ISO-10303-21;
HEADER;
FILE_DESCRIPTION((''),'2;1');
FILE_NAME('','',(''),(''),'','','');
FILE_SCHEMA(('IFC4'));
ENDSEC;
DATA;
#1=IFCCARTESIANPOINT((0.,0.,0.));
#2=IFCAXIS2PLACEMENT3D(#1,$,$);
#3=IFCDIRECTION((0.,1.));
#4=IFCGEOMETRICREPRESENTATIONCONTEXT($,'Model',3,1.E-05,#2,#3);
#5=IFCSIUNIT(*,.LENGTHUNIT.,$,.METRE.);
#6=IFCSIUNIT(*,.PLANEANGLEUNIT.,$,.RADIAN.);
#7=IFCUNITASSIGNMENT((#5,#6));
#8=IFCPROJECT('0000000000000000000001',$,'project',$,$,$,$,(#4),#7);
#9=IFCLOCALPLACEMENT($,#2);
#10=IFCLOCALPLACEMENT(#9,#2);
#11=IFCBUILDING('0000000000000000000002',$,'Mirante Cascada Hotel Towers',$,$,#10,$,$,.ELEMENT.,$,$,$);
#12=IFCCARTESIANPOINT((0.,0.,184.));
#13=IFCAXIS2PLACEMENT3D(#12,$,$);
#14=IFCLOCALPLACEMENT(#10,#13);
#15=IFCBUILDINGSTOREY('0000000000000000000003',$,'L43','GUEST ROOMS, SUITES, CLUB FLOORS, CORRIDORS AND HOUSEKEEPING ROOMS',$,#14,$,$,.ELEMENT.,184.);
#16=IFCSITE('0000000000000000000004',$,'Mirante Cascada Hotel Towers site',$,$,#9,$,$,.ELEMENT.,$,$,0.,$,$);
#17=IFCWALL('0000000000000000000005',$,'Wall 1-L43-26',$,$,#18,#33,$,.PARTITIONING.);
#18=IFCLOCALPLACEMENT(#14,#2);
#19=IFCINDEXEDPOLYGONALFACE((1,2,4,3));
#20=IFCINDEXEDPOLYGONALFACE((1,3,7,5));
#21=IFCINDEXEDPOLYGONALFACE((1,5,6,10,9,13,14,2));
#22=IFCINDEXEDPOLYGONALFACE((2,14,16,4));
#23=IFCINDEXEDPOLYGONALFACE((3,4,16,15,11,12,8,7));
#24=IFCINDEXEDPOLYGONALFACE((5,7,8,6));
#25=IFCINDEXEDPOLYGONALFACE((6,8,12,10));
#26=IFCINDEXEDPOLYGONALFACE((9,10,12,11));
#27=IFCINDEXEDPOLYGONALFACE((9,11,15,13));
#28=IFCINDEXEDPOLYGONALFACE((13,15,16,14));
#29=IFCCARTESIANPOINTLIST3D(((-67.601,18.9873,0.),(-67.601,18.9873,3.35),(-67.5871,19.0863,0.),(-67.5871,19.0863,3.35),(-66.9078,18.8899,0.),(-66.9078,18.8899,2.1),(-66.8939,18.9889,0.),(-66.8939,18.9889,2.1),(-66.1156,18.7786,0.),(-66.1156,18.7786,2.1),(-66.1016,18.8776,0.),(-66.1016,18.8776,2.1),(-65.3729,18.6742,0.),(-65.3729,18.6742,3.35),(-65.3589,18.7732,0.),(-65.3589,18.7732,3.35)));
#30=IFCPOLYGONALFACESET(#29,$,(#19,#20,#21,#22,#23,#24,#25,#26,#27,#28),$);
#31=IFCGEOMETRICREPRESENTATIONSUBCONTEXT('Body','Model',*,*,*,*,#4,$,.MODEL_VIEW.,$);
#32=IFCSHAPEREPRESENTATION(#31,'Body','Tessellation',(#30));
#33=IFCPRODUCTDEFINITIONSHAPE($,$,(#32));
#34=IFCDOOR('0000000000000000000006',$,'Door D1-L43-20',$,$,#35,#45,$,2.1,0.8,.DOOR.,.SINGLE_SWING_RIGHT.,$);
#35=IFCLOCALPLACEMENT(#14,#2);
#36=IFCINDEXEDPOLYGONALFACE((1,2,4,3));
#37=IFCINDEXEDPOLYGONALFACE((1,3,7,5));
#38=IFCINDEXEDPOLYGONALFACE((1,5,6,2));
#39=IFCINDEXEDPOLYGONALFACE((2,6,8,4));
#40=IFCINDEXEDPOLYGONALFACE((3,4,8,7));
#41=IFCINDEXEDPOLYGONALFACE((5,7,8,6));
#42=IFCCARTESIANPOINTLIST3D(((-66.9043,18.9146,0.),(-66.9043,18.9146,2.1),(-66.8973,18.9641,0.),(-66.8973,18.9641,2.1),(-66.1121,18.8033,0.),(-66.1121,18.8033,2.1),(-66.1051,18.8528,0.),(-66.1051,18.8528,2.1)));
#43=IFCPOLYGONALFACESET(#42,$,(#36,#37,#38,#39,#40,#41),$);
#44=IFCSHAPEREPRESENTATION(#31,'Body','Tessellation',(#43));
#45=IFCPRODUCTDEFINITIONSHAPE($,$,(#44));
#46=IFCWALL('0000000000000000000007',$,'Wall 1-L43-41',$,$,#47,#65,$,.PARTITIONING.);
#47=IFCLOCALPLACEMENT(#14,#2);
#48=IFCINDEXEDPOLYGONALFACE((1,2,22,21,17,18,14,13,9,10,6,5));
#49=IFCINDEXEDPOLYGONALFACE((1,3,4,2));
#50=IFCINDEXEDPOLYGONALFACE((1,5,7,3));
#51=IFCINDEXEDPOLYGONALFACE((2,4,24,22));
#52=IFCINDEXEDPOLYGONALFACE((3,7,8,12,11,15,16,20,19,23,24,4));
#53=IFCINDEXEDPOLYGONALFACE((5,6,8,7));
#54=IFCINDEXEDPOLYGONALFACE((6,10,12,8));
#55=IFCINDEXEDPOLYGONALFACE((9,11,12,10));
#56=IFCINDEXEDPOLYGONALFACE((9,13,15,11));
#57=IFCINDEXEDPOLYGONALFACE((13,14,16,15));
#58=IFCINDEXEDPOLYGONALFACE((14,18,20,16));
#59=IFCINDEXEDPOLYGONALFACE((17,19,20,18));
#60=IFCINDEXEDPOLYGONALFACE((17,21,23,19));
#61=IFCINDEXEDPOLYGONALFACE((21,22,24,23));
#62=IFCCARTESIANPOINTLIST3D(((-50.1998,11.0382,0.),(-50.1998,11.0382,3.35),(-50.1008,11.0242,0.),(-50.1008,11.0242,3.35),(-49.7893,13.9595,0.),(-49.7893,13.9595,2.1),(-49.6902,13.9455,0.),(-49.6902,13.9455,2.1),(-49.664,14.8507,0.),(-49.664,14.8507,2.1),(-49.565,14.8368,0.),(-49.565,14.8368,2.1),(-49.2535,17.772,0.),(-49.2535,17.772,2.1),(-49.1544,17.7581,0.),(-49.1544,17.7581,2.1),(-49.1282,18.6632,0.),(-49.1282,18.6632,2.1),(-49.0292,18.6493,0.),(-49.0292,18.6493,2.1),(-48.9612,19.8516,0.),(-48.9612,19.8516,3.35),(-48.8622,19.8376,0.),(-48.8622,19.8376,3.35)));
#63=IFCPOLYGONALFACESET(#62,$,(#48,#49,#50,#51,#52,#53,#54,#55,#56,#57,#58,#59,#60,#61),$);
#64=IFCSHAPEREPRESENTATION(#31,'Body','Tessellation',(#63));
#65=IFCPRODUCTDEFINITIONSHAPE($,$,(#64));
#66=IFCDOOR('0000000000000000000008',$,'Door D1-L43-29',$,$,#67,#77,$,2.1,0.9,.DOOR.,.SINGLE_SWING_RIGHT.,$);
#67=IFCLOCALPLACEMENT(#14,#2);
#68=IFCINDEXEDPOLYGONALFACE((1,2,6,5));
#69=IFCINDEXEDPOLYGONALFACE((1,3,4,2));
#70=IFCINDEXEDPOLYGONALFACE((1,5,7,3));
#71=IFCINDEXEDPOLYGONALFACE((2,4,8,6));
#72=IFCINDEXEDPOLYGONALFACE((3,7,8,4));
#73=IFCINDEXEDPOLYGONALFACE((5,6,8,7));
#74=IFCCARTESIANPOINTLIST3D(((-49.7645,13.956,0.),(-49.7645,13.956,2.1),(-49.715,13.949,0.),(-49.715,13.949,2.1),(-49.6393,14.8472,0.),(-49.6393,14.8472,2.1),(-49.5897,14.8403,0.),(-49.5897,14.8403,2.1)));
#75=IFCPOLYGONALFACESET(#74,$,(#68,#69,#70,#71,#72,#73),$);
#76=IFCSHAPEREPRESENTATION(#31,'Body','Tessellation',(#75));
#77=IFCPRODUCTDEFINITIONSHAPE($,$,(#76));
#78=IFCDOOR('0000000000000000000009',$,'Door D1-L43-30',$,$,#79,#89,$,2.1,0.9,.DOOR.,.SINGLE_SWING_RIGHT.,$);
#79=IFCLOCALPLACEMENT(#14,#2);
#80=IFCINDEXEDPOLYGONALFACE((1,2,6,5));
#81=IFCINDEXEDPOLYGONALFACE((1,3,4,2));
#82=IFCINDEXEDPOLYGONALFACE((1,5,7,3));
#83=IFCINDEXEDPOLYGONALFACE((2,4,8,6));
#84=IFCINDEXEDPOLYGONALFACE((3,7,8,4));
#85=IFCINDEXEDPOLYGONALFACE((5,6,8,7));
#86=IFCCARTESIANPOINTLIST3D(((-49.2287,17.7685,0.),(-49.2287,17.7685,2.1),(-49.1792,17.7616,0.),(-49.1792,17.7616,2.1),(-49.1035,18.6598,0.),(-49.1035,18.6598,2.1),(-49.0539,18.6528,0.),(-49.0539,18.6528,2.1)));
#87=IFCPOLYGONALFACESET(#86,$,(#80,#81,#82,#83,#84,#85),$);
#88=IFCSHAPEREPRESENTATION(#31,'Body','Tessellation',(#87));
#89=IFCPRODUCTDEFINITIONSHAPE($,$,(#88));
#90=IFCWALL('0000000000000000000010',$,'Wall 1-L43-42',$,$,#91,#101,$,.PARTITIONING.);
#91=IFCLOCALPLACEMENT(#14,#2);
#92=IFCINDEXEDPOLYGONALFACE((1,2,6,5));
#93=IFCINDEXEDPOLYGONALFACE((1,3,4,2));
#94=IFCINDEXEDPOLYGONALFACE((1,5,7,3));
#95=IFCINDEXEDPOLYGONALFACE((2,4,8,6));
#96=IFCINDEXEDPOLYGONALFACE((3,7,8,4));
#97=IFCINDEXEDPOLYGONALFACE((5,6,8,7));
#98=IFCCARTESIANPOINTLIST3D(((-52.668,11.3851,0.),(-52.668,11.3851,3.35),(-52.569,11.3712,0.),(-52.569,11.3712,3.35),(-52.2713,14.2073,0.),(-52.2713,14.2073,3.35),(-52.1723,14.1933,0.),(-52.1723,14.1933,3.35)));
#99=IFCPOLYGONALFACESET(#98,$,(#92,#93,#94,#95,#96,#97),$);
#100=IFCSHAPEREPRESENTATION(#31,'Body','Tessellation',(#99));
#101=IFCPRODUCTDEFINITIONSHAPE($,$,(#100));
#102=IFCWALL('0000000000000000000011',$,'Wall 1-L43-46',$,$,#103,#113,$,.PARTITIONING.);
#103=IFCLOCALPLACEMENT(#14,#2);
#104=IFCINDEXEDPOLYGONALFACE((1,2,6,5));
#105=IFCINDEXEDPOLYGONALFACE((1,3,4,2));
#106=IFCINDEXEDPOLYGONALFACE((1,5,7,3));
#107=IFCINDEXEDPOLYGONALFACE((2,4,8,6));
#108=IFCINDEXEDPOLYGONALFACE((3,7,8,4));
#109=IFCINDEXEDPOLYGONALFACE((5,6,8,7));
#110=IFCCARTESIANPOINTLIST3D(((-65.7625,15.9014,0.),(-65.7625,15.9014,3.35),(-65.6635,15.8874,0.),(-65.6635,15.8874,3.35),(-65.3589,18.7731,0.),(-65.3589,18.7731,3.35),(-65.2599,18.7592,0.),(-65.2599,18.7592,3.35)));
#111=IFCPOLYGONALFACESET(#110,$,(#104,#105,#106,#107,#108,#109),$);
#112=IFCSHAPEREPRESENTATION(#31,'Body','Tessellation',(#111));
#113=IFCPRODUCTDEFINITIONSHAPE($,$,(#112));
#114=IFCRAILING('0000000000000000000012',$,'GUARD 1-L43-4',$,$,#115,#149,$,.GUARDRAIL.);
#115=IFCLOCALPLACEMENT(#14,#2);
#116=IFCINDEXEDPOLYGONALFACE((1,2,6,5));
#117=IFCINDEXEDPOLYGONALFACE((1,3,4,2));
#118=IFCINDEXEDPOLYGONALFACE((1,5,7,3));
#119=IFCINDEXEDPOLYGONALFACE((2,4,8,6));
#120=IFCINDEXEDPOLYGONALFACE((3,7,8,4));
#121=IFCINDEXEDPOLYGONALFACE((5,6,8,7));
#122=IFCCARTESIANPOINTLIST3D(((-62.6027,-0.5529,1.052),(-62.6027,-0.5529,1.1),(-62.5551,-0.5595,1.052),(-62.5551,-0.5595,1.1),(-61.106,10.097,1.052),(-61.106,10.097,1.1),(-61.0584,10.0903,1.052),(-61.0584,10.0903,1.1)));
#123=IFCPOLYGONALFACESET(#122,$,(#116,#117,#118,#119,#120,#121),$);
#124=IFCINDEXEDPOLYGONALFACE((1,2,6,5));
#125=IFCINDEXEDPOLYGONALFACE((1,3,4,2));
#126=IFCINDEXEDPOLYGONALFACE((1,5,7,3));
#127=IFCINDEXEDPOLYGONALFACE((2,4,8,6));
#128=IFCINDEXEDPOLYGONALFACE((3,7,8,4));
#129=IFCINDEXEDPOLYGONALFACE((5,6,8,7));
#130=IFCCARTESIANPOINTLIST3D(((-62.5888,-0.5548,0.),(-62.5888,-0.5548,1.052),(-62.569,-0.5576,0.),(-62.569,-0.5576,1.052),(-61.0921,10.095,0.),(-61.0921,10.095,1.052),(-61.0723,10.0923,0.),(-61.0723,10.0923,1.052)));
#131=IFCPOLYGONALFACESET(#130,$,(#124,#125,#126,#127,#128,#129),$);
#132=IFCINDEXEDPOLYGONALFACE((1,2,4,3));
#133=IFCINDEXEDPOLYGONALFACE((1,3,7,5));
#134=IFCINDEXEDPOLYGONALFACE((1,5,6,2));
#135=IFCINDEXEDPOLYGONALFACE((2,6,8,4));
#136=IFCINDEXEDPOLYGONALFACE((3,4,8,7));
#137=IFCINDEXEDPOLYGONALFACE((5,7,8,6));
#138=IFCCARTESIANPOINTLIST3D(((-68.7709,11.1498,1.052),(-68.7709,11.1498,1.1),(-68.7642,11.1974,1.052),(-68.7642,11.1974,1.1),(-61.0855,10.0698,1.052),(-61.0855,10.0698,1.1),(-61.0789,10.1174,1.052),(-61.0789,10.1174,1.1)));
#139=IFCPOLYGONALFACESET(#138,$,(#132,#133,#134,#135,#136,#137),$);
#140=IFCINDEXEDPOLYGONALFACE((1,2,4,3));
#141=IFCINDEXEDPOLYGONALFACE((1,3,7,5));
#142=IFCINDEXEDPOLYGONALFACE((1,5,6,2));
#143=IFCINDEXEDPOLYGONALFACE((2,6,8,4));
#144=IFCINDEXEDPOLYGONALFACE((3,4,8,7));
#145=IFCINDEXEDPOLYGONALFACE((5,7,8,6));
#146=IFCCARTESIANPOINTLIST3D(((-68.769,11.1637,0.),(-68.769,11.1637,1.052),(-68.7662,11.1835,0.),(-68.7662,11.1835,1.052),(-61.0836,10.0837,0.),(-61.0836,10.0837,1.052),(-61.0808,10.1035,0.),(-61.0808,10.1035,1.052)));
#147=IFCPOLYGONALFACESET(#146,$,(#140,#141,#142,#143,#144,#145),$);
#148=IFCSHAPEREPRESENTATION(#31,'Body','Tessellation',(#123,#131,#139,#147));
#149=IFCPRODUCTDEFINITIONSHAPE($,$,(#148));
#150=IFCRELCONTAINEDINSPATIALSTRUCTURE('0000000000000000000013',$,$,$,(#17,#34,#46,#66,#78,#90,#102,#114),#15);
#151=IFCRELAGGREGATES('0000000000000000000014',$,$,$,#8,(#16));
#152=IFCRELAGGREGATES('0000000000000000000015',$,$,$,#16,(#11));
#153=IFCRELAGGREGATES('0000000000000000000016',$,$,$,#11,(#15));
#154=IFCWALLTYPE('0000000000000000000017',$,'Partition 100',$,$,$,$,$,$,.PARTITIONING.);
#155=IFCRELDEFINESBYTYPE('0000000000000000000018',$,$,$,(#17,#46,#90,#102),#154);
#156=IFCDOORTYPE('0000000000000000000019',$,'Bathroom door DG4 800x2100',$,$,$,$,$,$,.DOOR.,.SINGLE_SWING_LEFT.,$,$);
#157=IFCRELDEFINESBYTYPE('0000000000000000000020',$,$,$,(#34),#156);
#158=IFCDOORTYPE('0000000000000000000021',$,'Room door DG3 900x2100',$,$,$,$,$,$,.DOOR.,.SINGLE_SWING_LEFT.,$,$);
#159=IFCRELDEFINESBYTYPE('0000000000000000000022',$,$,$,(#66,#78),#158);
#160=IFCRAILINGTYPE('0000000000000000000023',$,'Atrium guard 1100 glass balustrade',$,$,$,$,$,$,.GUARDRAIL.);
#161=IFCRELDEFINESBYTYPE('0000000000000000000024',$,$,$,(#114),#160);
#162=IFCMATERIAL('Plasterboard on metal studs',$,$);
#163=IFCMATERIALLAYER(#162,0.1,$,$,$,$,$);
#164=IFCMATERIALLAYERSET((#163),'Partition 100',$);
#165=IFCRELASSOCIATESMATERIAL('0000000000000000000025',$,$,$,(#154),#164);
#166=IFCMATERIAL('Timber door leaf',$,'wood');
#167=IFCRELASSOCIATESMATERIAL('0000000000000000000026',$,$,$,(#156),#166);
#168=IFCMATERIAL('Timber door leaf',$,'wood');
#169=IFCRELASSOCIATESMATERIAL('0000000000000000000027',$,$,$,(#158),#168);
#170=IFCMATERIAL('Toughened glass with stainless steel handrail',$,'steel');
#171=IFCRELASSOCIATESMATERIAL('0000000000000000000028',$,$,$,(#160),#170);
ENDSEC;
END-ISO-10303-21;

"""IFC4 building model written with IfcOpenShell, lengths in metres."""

from ifc_helpers import new_model, si_unit, direction, frame, frame_2d, origin, origin_2d, place, context, subcontext, project, spatial, rectangle, extrude, material, layer, layer_set, type_object, element, fill, save


model = new_model("IFC4")

# Units and contexts
model_context = context("Model", 3, precision=1e-05, world=origin(), true_north=direction((0.0, 1.0)))
body_context = subcontext(model_context, "Body", "Model", "MODEL_VIEW")
ifc_project = project(units=[si_unit("LENGTHUNIT", "METRE"), si_unit("PLANEANGLEUNIT", "RADIAN")], contexts=[model_context])

# Site, building, storey
site_placement = place(None, origin())
site = spatial("IfcSite", under=ifc_project, at=site_placement, Name="Mirante Cascada Hotel Towers site", CompositionType="ELEMENT", RefElevation=0.0)
building_placement = place(site_placement, origin())
building = spatial("IfcBuilding", under=site, at=building_placement, Name="Mirante Cascada Hotel Towers", CompositionType="ELEMENT")
storey_placement = place(building_placement, frame((0.0, 0.0, 184.0)))
storey = spatial("IfcBuildingStorey", under=building, at=storey_placement, Name="L43", Description="GUEST ROOMS, SUITES, CLUB FLOORS, CORRIDORS AND HOUSEKEEPING ROOMS", CompositionType="ELEMENT", Elevation=184.0)

# Shared definitions
ifc_material_1 = material(Name="Plasterboard on metal studs")
ifc_layer_1 = layer(ifc_material_1, 0.1)
ifc_layer_set_1 = layer_set([ifc_layer_1], Name="Partition 100")
wall_type_1 = type_object("IfcWallType", Name="Partition 100", PredefinedType="PARTITIONING", material=ifc_layer_set_1)

# Shared definitions
ifc_material_2 = material(Name="Timber door leaf", Category="wood")
door_type_1 = type_object("IfcDoorType", Name="Bathroom door DG4 800x2100", OperationType="SINGLE_SWING_LEFT", PredefinedType="DOOR", material=ifc_material_2)

# Shared definitions
ifc_material_3 = material(Name="Timber door leaf", Category="wood")
door_type_2 = type_object("IfcDoorType", Name="Room door DG3 900x2100", OperationType="SINGLE_SWING_LEFT", PredefinedType="DOOR", material=ifc_material_3)

# Wall, opening, door
wall_1_placement = place(storey_placement, frame((-65.3659, 18.7237, 0.0), z_axis=(0.0, 0.0, 1.0), x_axis=(-0.990271, 0.139156, 0.0)))
wall_1 = element("IfcWall", 1, at=wall_1_placement, inside=storey, type_object=wall_type_1, Name="Wall 1-L43-26", PredefinedType="PARTITIONING", context=body_context, shape_type="SweptSolid", body=[
    extrude(rectangle(XDim=2.25, YDim=0.1, at=frame_2d((1.125, 0.0))), origin(), (0.0, 0.0, 1.0), 3.35),
])
opening_1_placement = place(wall_1_placement, frame((0.75, 0.0, 0.0)))
opening_1 = element("IfcOpeningElement", 2, at=opening_1_placement, cuts=wall_1, PredefinedType="OPENING", context=body_context, shape_type="SweptSolid", body=[
    extrude(rectangle(XDim=0.8, YDim=2.1, at=frame_2d((0.4, 1.05))), frame((0.0, 0.05, 0.0), z_axis=(0.0, -1.0, 0.0), x_axis=(1.0, 0.0, 0.0)), (0.0, 0.0, 1.0), 0.1),
])
door_1_placement = place(opening_1_placement, frame((0.8, 0.0, 0.0), z_axis=(0.0, 0.0, 1.0), x_axis=(-1.0, 0.0, 0.0)))
door_1 = element("IfcDoor", 3, at=door_1_placement, inside=storey, type_object=door_type_1, Name="Door D1-L43-20", OperationType="SINGLE_SWING_RIGHT", OverallHeight=2.1, OverallWidth=0.8, PredefinedType="DOOR", context=body_context, shape_type="SweptSolid", body=[
    extrude(rectangle(XDim=0.8, YDim=2.1, at=frame_2d((0.4, 1.05))), frame((0.0, 0.025, 0.0), z_axis=(0.0, -1.0, 0.0), x_axis=(1.0, 0.0, 0.0)), (0.0, 0.0, 1.0), 0.05),
])
fill(opening_1, door_1)

# Wall, openings, doors
wall_2_placement = place(storey_placement, frame((-48.9117, 19.8446, 0.0), z_axis=(0.0, 0.0, 1.0), x_axis=(-0.139168, -0.990269, 0.0)))
wall_2 = element("IfcWall", 4, at=wall_2_placement, inside=storey, type_object=wall_type_1, Name="Wall 1-L43-41", PredefinedType="PARTITIONING", context=body_context, shape_type="SweptSolid", body=[
    extrude(rectangle(XDim=8.9, YDim=0.1, at=frame_2d((4.45, 0.0))), origin(), (0.0, 0.0, 1.0), 3.35),
])
opening_2_placement = place(wall_2_placement, frame((5.05, 0.0, 0.0)))
opening_2 = element("IfcOpeningElement", 5, at=opening_2_placement, cuts=wall_2, PredefinedType="OPENING", context=body_context, shape_type="SweptSolid", body=[
    extrude(rectangle(XDim=0.9, YDim=2.1, at=frame_2d((0.45, 1.05))), frame((0.0, 0.05, 0.0), z_axis=(0.0, -1.0, 0.0), x_axis=(1.0, 0.0, 0.0)), (0.0, 0.0, 1.0), 0.1),
])
opening_3_placement = place(wall_2_placement, frame((1.2, 0.0, 0.0)))
opening_3 = element("IfcOpeningElement", 6, at=opening_3_placement, cuts=wall_2, PredefinedType="OPENING", context=body_context, shape_type="SweptSolid", body=[
    extrude(rectangle(XDim=0.9, YDim=2.1, at=frame_2d((0.45, 1.05))), frame((0.0, 0.05, 0.0), z_axis=(0.0, -1.0, 0.0), x_axis=(1.0, 0.0, 0.0)), (0.0, 0.0, 1.0), 0.1),
])
door_2_placement = place(opening_2_placement, frame((0.9, 0.0, 0.0), z_axis=(0.0, 0.0, 1.0), x_axis=(-1.0, 0.0, 0.0)))
door_2 = element("IfcDoor", 7, at=door_2_placement, inside=storey, type_object=door_type_2, Name="Door D1-L43-29", OperationType="SINGLE_SWING_RIGHT", OverallHeight=2.1, OverallWidth=0.9, PredefinedType="DOOR", context=body_context, shape_type="SweptSolid", body=[
    extrude(rectangle(XDim=0.9, YDim=2.1, at=frame_2d((0.45, 1.05))), frame((0.0, 0.025, 0.0), z_axis=(0.0, -1.0, 0.0), x_axis=(1.0, 0.0, 0.0)), (0.0, 0.0, 1.0), 0.05),
])
fill(opening_2, door_2)
door_3_placement = place(opening_3_placement, frame((0.9, 0.0, 0.0), z_axis=(0.0, 0.0, 1.0), x_axis=(-1.0, 0.0, 0.0)))
door_3 = element("IfcDoor", 8, at=door_3_placement, inside=storey, type_object=door_type_2, Name="Door D1-L43-30", OperationType="SINGLE_SWING_RIGHT", OverallHeight=2.1, OverallWidth=0.9, PredefinedType="DOOR", context=body_context, shape_type="SweptSolid", body=[
    extrude(rectangle(XDim=0.9, YDim=2.1, at=frame_2d((0.45, 1.05))), frame((0.0, 0.025, 0.0), z_axis=(0.0, -1.0, 0.0), x_axis=(1.0, 0.0, 0.0)), (0.0, 0.0, 1.0), 0.05),
])
fill(opening_3, door_3)

# Walls
wall_3_placement = place(storey_placement, frame((-52.6185, 11.3781, 0.0), z_axis=(0.0, 0.0, 1.0), x_axis=(0.139196, 0.990265, 0.0)))
element("IfcWall", 9, at=wall_3_placement, inside=storey, type_object=wall_type_1, Name="Wall 1-L43-42", PredefinedType="PARTITIONING", context=body_context, shape_type="SweptSolid", body=[
    extrude(rectangle(XDim=2.8499, YDim=0.1, at=frame_2d((1.425, 0.0))), origin(), (0.0, 0.0, 1.0), 3.35),
])
wall_4_placement = place(storey_placement, frame((-65.713, 15.8944, 0.0), z_axis=(0.0, 0.0, 1.0), x_axis=(0.139171, 0.990268, 0.0)))
element("IfcWall", 10, at=wall_4_placement, inside=storey, type_object=wall_type_1, Name="Wall 1-L43-46", PredefinedType="PARTITIONING", context=body_context, shape_type="SweptSolid", body=[
    extrude(rectangle(XDim=2.9, YDim=0.1, at=frame_2d((1.45, 0.0))), origin(), (0.0, 0.0, 1.0), 3.35),
])

# Railing
ifc_material_4 = material(Name="Toughened glass with stainless steel handrail", Category="steel")
railing_type = type_object("IfcRailingType", Name="Atrium guard 1100 glass balustrade", PredefinedType="GUARDRAIL", material=ifc_material_4)
railing_placement = place(storey_placement, frame((-62.5789, -0.5562, 0.0)))
element("IfcRailing", 11, at=railing_placement, inside=storey, type_object=railing_type, Name="GUARD 1-L43-4", PredefinedType="GUARDRAIL", context=body_context, shape_type="SweptSolid", body=[
    extrude(rectangle(XDim=0.048, YDim=0.048, at=origin_2d()), frame((0.0, 0.0, 1.076), z_axis=(0.13917, 0.990268, 0.0), x_axis=(-0.990268, 0.13917, 0.0)), (0.0, 0.0, 1.0), 10.7545),
    extrude(rectangle(XDim=0.02, YDim=1.052, at=origin_2d()), frame((0.0, 0.0, 0.526), z_axis=(0.13917, 0.990268, 0.0), x_axis=(-0.990268, 0.13917, 0.0)), (0.0, 0.0, 1.0), 10.7545),
    extrude(rectangle(XDim=0.048, YDim=0.048, at=origin_2d()), frame((1.4967, 10.6498, 1.076), z_axis=(-0.99027, 0.139159, 0.0), x_axis=(-0.139159, -0.99027, 0.0)), (0.0, 0.0, 1.0), 7.7609),
    extrude(rectangle(XDim=0.02, YDim=1.052, at=origin_2d()), frame((1.4967, 10.6498, 0.526), z_axis=(-0.99027, 0.139159, 0.0), x_axis=(-0.139159, -0.99027, 0.0)), (0.0, 0.0, 1.0), 7.7609),
])

save(model, "model.ifc")
